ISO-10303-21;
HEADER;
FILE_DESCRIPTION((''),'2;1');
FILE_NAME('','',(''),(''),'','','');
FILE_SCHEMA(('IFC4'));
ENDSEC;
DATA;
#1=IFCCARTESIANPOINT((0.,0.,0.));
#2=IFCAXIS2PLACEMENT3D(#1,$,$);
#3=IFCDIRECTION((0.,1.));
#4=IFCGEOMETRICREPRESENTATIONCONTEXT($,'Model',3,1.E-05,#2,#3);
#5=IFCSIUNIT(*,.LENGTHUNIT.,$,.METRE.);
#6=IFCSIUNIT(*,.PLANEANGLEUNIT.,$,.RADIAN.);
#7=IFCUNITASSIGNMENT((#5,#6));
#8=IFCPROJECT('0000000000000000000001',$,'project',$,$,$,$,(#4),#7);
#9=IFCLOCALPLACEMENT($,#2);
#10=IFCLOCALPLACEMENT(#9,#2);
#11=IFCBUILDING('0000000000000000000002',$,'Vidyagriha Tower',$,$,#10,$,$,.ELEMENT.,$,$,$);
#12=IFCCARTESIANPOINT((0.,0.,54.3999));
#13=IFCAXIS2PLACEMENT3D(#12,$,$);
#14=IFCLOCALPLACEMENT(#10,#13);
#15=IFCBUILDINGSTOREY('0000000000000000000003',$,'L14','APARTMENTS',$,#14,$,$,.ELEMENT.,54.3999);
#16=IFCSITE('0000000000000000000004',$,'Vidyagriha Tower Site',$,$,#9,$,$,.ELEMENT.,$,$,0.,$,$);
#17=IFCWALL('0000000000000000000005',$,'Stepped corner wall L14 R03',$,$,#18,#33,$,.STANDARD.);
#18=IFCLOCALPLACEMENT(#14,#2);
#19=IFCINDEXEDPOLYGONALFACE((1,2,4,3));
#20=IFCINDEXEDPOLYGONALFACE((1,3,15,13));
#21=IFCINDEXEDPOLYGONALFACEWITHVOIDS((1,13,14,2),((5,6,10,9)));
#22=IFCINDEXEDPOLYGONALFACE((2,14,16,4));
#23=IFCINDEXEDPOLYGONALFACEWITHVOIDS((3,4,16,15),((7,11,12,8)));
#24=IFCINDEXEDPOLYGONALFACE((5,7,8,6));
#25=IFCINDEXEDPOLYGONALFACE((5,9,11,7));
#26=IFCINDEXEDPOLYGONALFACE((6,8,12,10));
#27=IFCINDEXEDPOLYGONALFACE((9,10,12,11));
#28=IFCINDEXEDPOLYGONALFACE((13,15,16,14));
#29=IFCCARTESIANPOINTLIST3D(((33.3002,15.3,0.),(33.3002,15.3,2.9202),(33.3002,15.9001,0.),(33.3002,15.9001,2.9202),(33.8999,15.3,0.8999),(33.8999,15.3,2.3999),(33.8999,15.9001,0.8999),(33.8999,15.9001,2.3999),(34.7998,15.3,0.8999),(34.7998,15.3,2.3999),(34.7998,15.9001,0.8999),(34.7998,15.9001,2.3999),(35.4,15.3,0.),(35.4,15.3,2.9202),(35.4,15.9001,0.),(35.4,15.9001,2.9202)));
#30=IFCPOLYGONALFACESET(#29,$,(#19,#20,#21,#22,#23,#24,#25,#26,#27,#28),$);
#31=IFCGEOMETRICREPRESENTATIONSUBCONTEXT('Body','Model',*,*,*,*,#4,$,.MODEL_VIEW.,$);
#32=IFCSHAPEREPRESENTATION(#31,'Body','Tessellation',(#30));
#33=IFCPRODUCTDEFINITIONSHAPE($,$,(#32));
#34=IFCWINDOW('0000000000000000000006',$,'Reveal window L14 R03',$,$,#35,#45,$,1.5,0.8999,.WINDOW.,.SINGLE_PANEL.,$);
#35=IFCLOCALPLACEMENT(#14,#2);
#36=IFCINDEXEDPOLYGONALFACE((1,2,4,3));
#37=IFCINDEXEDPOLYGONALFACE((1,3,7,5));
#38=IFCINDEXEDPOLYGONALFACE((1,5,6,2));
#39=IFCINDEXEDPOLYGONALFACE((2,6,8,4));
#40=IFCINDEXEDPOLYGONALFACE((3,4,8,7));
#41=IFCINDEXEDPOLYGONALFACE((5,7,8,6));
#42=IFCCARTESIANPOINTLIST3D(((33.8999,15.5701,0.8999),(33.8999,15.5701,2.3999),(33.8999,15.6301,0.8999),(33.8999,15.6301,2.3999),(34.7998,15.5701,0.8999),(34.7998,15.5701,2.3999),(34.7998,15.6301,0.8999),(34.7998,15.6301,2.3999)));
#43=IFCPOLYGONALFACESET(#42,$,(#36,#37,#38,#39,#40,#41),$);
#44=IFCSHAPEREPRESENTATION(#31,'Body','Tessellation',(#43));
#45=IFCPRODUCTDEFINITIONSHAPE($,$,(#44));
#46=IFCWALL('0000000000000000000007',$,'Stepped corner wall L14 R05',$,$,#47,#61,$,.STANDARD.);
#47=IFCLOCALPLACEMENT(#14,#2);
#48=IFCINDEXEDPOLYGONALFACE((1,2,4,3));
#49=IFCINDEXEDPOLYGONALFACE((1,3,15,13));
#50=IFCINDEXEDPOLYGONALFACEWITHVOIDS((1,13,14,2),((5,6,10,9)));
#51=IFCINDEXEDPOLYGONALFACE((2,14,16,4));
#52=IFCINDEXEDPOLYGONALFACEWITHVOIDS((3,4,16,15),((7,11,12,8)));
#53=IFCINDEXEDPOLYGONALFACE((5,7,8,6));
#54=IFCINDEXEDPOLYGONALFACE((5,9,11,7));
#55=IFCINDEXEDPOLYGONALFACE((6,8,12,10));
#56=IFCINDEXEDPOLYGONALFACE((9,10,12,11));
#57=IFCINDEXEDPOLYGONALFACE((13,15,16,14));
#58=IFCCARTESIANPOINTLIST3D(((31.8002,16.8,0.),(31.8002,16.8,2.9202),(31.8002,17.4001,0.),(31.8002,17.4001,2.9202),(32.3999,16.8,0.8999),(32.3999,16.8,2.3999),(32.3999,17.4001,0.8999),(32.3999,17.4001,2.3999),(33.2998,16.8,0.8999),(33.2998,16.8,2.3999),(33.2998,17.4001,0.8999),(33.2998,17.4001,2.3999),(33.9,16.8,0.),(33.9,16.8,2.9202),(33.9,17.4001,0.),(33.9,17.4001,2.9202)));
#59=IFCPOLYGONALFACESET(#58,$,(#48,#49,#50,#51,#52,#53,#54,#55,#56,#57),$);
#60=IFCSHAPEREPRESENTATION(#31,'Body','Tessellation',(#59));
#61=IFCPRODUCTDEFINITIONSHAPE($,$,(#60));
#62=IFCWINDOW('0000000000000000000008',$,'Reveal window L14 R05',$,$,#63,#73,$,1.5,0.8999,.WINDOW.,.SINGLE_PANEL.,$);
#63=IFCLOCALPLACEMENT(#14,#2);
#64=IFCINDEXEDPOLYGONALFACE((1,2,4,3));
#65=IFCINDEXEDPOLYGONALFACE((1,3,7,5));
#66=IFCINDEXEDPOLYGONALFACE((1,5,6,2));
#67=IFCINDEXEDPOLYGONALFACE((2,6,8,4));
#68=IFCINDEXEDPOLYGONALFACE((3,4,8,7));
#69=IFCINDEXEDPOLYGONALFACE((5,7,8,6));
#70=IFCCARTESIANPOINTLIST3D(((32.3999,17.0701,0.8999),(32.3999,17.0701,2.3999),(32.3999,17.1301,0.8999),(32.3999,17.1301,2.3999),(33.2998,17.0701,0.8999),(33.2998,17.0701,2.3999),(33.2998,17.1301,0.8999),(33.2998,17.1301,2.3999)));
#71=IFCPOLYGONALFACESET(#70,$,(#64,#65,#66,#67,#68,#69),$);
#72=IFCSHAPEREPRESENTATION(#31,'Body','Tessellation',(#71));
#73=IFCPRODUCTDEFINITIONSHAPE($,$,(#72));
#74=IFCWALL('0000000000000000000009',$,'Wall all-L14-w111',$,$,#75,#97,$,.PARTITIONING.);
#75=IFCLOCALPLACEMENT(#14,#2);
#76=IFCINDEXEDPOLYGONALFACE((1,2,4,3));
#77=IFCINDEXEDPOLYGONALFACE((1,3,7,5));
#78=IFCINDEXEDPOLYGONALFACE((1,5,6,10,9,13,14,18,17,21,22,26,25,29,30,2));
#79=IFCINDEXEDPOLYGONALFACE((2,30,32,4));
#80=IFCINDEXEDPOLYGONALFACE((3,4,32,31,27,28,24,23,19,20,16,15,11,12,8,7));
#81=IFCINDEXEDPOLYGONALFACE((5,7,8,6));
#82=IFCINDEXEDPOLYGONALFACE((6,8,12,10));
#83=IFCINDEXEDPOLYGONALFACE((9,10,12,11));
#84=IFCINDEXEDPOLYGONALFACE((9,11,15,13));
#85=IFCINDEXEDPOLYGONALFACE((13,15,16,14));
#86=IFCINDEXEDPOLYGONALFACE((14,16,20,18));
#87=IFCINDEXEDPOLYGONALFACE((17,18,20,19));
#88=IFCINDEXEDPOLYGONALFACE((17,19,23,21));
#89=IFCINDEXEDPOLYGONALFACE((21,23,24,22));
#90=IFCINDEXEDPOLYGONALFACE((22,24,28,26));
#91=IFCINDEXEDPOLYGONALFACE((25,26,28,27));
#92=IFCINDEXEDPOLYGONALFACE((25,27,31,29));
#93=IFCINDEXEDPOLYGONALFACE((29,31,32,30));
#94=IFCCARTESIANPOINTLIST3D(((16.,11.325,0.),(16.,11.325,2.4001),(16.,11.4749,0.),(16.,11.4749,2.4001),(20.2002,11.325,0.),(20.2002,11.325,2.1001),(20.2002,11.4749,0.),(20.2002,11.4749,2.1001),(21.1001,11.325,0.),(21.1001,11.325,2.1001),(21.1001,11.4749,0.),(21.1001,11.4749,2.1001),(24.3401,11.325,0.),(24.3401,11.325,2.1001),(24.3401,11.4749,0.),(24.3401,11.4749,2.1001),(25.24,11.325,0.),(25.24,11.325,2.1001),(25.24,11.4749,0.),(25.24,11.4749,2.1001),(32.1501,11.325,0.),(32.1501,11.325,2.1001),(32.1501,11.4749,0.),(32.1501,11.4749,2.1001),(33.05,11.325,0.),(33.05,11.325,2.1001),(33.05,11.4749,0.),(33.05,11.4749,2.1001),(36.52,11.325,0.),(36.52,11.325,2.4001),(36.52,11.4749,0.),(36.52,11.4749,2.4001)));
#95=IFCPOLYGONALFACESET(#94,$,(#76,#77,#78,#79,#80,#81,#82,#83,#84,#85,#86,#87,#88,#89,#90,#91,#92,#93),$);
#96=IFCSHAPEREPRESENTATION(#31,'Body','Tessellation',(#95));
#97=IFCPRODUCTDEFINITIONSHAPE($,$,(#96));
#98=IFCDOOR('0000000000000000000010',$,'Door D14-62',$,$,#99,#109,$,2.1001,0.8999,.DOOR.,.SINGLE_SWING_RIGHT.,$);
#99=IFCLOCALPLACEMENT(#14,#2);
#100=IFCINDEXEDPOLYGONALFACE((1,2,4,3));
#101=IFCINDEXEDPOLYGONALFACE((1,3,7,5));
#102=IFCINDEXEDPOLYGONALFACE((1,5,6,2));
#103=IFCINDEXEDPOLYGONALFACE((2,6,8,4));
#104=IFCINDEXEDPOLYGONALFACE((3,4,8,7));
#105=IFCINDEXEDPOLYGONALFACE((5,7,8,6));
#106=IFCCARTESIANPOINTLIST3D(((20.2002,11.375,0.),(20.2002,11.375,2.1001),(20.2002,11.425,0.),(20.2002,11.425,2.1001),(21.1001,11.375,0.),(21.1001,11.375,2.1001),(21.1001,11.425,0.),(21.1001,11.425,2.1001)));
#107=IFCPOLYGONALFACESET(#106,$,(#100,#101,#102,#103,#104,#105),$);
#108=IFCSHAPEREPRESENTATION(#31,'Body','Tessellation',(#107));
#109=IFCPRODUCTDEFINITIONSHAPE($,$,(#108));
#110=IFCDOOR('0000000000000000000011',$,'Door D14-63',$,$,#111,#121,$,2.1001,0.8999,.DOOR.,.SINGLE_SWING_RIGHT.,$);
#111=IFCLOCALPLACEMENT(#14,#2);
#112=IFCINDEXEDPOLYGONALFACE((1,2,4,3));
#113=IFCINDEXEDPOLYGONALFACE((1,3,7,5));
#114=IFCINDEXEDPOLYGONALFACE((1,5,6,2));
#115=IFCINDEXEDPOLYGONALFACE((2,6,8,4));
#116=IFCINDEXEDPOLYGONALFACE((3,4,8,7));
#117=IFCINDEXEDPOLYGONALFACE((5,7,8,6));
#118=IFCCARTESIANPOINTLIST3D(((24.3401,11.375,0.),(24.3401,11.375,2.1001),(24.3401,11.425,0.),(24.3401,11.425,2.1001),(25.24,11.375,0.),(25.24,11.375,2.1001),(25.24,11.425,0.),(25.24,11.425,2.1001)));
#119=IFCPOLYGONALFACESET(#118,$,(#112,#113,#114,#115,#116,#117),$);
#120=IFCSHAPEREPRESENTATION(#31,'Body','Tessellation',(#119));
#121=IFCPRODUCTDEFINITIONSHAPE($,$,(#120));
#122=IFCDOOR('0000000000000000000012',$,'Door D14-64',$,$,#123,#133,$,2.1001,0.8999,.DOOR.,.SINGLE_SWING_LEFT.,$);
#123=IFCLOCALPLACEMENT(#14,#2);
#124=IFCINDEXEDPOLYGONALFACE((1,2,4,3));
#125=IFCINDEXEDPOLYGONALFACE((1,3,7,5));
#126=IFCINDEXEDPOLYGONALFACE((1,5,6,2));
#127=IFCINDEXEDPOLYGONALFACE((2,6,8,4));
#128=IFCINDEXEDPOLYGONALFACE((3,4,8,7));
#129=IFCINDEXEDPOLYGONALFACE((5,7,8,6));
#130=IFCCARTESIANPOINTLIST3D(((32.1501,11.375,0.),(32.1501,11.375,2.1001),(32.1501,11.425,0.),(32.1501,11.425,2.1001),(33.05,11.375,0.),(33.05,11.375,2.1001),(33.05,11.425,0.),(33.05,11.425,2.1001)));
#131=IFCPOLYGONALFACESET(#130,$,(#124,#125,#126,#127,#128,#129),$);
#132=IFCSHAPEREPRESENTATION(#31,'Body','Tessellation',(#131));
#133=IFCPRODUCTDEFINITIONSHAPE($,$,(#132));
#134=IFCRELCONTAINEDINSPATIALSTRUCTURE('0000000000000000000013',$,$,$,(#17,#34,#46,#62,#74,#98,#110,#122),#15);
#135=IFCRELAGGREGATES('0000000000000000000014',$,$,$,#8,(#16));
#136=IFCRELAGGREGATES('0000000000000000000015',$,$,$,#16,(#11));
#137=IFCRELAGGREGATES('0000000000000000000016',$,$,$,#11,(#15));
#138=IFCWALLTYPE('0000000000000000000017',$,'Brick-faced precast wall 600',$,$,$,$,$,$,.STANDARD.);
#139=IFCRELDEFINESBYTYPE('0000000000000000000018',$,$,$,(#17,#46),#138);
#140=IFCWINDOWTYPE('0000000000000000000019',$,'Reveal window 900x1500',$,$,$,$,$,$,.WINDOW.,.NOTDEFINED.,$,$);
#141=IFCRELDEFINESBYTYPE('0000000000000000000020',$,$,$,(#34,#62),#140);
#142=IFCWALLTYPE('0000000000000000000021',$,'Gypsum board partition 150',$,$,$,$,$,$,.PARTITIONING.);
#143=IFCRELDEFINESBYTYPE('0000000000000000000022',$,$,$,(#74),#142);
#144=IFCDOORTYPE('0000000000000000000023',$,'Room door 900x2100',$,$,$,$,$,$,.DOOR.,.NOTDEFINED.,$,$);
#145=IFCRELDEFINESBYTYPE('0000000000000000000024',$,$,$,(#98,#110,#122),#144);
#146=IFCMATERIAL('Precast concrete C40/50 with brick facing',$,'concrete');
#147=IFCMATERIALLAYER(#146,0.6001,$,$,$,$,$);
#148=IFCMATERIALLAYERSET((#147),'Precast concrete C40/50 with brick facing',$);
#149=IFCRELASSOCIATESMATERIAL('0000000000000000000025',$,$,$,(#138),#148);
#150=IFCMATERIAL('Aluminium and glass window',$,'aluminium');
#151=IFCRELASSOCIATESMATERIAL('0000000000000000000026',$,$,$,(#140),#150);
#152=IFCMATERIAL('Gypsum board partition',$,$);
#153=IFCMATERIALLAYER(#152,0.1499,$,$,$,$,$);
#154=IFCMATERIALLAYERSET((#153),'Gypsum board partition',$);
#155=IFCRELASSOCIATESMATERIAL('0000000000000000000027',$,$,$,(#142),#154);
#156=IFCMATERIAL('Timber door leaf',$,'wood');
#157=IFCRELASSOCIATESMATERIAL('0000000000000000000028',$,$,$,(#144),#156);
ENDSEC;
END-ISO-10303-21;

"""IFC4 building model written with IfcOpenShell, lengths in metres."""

from ifc_helpers import new_model, si_unit, direction, frame, frame_2d, origin, place, context, subcontext, project, spatial, rectangle, extrude, material, layer, layer_set, type_object, element, fill, save


model = new_model("IFC4")

# Units and contexts
model_context = context("Model", 3, precision=1e-05, world=origin(), true_north=direction((0.0, 1.0)))
body_context = subcontext(model_context, "Body", "Model", "MODEL_VIEW")
ifc_project = project(units=[si_unit("LENGTHUNIT", "METRE"), si_unit("PLANEANGLEUNIT", "RADIAN")], contexts=[model_context])

# Site, building, storey
site_placement = place(None, origin())
site = spatial("IfcSite", under=ifc_project, at=site_placement, Name="Vidyagriha Tower Site", CompositionType="ELEMENT", RefElevation=0.0)
building_placement = place(site_placement, origin())
building = spatial("IfcBuilding", under=site, at=building_placement, Name="Vidyagriha Tower", CompositionType="ELEMENT")
storey_placement = place(building_placement, frame((0.0, 0.0, 54.3999)))
storey = spatial("IfcBuildingStorey", under=building, at=storey_placement, Name="L14", Description="APARTMENTS", CompositionType="ELEMENT", Elevation=54.3999)

# Shared definitions
ifc_material_1 = material(Name="Precast concrete C40/50 with brick facing", Category="concrete")
ifc_layer_1 = layer(ifc_material_1, 0.6001)
ifc_layer_set_1 = layer_set([ifc_layer_1], Name="Precast concrete C40/50 with brick facing")
wall_type_1 = type_object("IfcWallType", Name="Brick-faced precast wall 600", PredefinedType="STANDARD", material=ifc_layer_set_1)
ifc_material_2 = material(Name="Aluminium and glass window", Category="aluminium")
window_type = type_object("IfcWindowType", Name="Reveal window 900x1500", PartitioningType="NOTDEFINED", PredefinedType="WINDOW", material=ifc_material_2)

# Walls, openings, windows
wall_1_placement = place(storey_placement, frame((35.3999, 15.6001, 0.0), z_axis=(0.0, 0.0, 1.0), x_axis=(-1.0, 0.0, 0.0)))
wall_1 = element("IfcWall", 1, at=wall_1_placement, inside=storey, type_object=wall_type_1, Name="Stepped corner wall L14 R03", PredefinedType="STANDARD", context=body_context, shape_type="SweptSolid", body=[
    extrude(rectangle(XDim=2.0999, YDim=0.6001, at=frame_2d((1.0498, 0.0))), origin(), (0.0, 0.0, 1.0), 2.9202),
])
opening_1_placement = place(wall_1_placement, frame((0.6001, 0.0, 0.8999)))
opening_1 = element("IfcOpeningElement", 2, at=opening_1_placement, cuts=wall_1, PredefinedType="OPENING", context=body_context, shape_type="SweptSolid", body=[
    extrude(rectangle(XDim=0.8999, YDim=1.5, at=frame_2d((0.45, 0.75))), frame((0.0, 0.3101, 0.0), z_axis=(0.0, -1.0, 0.0), x_axis=(1.0, 0.0, 0.0)), (0.0, 0.0, 1.0), 0.6201),
])
window_1_placement = place(opening_1_placement, origin())
window_1 = element("IfcWindow", 3, at=window_1_placement, inside=storey, type_object=window_type, Name="Reveal window L14 R03", OverallHeight=1.5, OverallWidth=0.8999, PartitioningType="SINGLE_PANEL", PredefinedType="WINDOW", context=body_context, shape_type="SweptSolid", body=[
    extrude(rectangle(XDim=0.8999, YDim=1.5, at=frame_2d((0.45, 0.75))), frame((0.0, 0.03, 0.0), z_axis=(0.0, -1.0, 0.0), x_axis=(1.0, 0.0, 0.0)), (0.0, 0.0, 1.0), 0.0601),
])
fill(opening_1, window_1)
wall_2_placement = place(storey_placement, frame((33.8999, 17.1001, 0.0), z_axis=(0.0, 0.0, 1.0), x_axis=(-1.0, 0.0, 0.0)))
wall_2 = element("IfcWall", 4, at=wall_2_placement, inside=storey, type_object=wall_type_1, Name="Stepped corner wall L14 R05", PredefinedType="STANDARD", context=body_context, shape_type="SweptSolid", body=[
    extrude(rectangle(XDim=2.0999, YDim=0.6001, at=frame_2d((1.0498, 0.0))), origin(), (0.0, 0.0, 1.0), 2.9202),
])
opening_2_placement = place(wall_2_placement, frame((0.6001, 0.0, 0.8999)))
opening_2 = element("IfcOpeningElement", 5, at=opening_2_placement, cuts=wall_2, PredefinedType="OPENING", context=body_context, shape_type="SweptSolid", body=[
    extrude(rectangle(XDim=0.8999, YDim=1.5, at=frame_2d((0.45, 0.75))), frame((0.0, 0.3101, 0.0), z_axis=(0.0, -1.0, 0.0), x_axis=(1.0, 0.0, 0.0)), (0.0, 0.0, 1.0), 0.6201),
])
window_2_placement = place(opening_2_placement, origin())
window_2 = element("IfcWindow", 6, at=window_2_placement, inside=storey, type_object=window_type, Name="Reveal window L14 R05", OverallHeight=1.5, OverallWidth=0.8999, PartitioningType="SINGLE_PANEL", PredefinedType="WINDOW", context=body_context, shape_type="SweptSolid", body=[
    extrude(rectangle(XDim=0.8999, YDim=1.5, at=frame_2d((0.45, 0.75))), frame((0.0, 0.03, 0.0), z_axis=(0.0, -1.0, 0.0), x_axis=(1.0, 0.0, 0.0)), (0.0, 0.0, 1.0), 0.0601),
])
fill(opening_2, window_2)

# Wall, openings, doors
ifc_material_3 = material(Name="Gypsum board partition")
ifc_layer_2 = layer(ifc_material_3, 0.1499)
ifc_layer_set_2 = layer_set([ifc_layer_2], Name="Gypsum board partition")
wall_type_2 = type_object("IfcWallType", Name="Gypsum board partition 150", PredefinedType="PARTITIONING", material=ifc_layer_set_2)
wall_3_placement = place(storey_placement, frame((36.52, 11.3999, 0.0), z_axis=(0.0, 0.0, 1.0), x_axis=(-1.0, 0.0, 0.0)))
wall_3 = element("IfcWall", 7, at=wall_3_placement, inside=storey, type_object=wall_type_2, Name="Wall all-L14-w111", PredefinedType="PARTITIONING", context=body_context, shape_type="SweptSolid", body=[
    extrude(rectangle(XDim=20.52, YDim=0.1499, at=frame_2d((10.26, 0.0))), origin(), (0.0, 0.0, 1.0), 2.4001),
])
opening_3_placement = place(wall_3_placement, frame((15.4199, 0.0, 0.0)))
opening_3 = element("IfcOpeningElement", 8, at=opening_3_placement, cuts=wall_3, PredefinedType="OPENING", context=body_context, shape_type="SweptSolid", body=[
    extrude(rectangle(XDim=0.8999, YDim=2.1001, at=frame_2d((0.45, 1.05))), frame((0.0, 0.085, 0.0), z_axis=(0.0, -1.0, 0.0), x_axis=(1.0, 0.0, 0.0)), (0.0, 0.0, 1.0), 0.1699),
])
opening_4_placement = place(wall_3_placement, frame((11.28, 0.0, 0.0)))
opening_4 = element("IfcOpeningElement", 9, at=opening_4_placement, cuts=wall_3, PredefinedType="OPENING", context=body_context, shape_type="SweptSolid", body=[
    extrude(rectangle(XDim=0.8999, YDim=2.1001, at=frame_2d((0.45, 1.05))), frame((0.0, 0.085, 0.0), z_axis=(0.0, -1.0, 0.0), x_axis=(1.0, 0.0, 0.0)), (0.0, 0.0, 1.0), 0.1699),
])
opening_5_placement = place(wall_3_placement, frame((3.47, 0.0, 0.0)))
opening_5 = element("IfcOpeningElement", 10, at=opening_5_placement, cuts=wall_3, PredefinedType="OPENING", context=body_context, shape_type="SweptSolid", body=[
    extrude(rectangle(XDim=0.8999, YDim=2.1001, at=frame_2d((0.45, 1.05))), frame((0.0, 0.085, 0.0), z_axis=(0.0, -1.0, 0.0), x_axis=(1.0, 0.0, 0.0)), (0.0, 0.0, 1.0), 0.1699),
])
ifc_material_4 = material(Name="Timber door leaf", Category="wood")
door_type = type_object("IfcDoorType", Name="Room door 900x2100", OperationType="NOTDEFINED", PredefinedType="DOOR", material=ifc_material_4)
door_1_placement = place(opening_3_placement, origin())
door_1 = element("IfcDoor", 11, at=door_1_placement, inside=storey, type_object=door_type, Name="Door D14-62", OperationType="SINGLE_SWING_RIGHT", OverallHeight=2.1001, OverallWidth=0.8999, PredefinedType="DOOR", context=body_context, shape_type="SweptSolid", body=[
    extrude(rectangle(XDim=0.8999, YDim=2.1001, at=frame_2d((0.45, 1.05))), frame((0.0, 0.0249, 0.0), z_axis=(0.0, -1.0, 0.0), x_axis=(1.0, 0.0, 0.0)), (0.0, 0.0, 1.0), 0.05),
])
fill(opening_3, door_1)
door_2_placement = place(opening_4_placement, origin())
door_2 = element("IfcDoor", 12, at=door_2_placement, inside=storey, type_object=door_type, Name="Door D14-63", OperationType="SINGLE_SWING_RIGHT", OverallHeight=2.1001, OverallWidth=0.8999, PredefinedType="DOOR", context=body_context, shape_type="SweptSolid", body=[
    extrude(rectangle(XDim=0.8999, YDim=2.1001, at=frame_2d((0.45, 1.05))), frame((0.0, 0.0249, 0.0), z_axis=(0.0, -1.0, 0.0), x_axis=(1.0, 0.0, 0.0)), (0.0, 0.0, 1.0), 0.05),
])
fill(opening_4, door_2)
door_3_placement = place(opening_5_placement, origin())
door_3 = element("IfcDoor", 13, at=door_3_placement, inside=storey, type_object=door_type, Name="Door D14-64", OperationType="SINGLE_SWING_LEFT", OverallHeight=2.1001, OverallWidth=0.8999, PredefinedType="DOOR", context=body_context, shape_type="SweptSolid", body=[
    extrude(rectangle(XDim=0.8999, YDim=2.1001, at=frame_2d((0.45, 1.05))), frame((0.0, 0.0249, 0.0), z_axis=(0.0, -1.0, 0.0), x_axis=(1.0, 0.0, 0.0)), (0.0, 0.0, 1.0), 0.05),
])
fill(opening_5, door_3)

save(model, "model.ifc")
